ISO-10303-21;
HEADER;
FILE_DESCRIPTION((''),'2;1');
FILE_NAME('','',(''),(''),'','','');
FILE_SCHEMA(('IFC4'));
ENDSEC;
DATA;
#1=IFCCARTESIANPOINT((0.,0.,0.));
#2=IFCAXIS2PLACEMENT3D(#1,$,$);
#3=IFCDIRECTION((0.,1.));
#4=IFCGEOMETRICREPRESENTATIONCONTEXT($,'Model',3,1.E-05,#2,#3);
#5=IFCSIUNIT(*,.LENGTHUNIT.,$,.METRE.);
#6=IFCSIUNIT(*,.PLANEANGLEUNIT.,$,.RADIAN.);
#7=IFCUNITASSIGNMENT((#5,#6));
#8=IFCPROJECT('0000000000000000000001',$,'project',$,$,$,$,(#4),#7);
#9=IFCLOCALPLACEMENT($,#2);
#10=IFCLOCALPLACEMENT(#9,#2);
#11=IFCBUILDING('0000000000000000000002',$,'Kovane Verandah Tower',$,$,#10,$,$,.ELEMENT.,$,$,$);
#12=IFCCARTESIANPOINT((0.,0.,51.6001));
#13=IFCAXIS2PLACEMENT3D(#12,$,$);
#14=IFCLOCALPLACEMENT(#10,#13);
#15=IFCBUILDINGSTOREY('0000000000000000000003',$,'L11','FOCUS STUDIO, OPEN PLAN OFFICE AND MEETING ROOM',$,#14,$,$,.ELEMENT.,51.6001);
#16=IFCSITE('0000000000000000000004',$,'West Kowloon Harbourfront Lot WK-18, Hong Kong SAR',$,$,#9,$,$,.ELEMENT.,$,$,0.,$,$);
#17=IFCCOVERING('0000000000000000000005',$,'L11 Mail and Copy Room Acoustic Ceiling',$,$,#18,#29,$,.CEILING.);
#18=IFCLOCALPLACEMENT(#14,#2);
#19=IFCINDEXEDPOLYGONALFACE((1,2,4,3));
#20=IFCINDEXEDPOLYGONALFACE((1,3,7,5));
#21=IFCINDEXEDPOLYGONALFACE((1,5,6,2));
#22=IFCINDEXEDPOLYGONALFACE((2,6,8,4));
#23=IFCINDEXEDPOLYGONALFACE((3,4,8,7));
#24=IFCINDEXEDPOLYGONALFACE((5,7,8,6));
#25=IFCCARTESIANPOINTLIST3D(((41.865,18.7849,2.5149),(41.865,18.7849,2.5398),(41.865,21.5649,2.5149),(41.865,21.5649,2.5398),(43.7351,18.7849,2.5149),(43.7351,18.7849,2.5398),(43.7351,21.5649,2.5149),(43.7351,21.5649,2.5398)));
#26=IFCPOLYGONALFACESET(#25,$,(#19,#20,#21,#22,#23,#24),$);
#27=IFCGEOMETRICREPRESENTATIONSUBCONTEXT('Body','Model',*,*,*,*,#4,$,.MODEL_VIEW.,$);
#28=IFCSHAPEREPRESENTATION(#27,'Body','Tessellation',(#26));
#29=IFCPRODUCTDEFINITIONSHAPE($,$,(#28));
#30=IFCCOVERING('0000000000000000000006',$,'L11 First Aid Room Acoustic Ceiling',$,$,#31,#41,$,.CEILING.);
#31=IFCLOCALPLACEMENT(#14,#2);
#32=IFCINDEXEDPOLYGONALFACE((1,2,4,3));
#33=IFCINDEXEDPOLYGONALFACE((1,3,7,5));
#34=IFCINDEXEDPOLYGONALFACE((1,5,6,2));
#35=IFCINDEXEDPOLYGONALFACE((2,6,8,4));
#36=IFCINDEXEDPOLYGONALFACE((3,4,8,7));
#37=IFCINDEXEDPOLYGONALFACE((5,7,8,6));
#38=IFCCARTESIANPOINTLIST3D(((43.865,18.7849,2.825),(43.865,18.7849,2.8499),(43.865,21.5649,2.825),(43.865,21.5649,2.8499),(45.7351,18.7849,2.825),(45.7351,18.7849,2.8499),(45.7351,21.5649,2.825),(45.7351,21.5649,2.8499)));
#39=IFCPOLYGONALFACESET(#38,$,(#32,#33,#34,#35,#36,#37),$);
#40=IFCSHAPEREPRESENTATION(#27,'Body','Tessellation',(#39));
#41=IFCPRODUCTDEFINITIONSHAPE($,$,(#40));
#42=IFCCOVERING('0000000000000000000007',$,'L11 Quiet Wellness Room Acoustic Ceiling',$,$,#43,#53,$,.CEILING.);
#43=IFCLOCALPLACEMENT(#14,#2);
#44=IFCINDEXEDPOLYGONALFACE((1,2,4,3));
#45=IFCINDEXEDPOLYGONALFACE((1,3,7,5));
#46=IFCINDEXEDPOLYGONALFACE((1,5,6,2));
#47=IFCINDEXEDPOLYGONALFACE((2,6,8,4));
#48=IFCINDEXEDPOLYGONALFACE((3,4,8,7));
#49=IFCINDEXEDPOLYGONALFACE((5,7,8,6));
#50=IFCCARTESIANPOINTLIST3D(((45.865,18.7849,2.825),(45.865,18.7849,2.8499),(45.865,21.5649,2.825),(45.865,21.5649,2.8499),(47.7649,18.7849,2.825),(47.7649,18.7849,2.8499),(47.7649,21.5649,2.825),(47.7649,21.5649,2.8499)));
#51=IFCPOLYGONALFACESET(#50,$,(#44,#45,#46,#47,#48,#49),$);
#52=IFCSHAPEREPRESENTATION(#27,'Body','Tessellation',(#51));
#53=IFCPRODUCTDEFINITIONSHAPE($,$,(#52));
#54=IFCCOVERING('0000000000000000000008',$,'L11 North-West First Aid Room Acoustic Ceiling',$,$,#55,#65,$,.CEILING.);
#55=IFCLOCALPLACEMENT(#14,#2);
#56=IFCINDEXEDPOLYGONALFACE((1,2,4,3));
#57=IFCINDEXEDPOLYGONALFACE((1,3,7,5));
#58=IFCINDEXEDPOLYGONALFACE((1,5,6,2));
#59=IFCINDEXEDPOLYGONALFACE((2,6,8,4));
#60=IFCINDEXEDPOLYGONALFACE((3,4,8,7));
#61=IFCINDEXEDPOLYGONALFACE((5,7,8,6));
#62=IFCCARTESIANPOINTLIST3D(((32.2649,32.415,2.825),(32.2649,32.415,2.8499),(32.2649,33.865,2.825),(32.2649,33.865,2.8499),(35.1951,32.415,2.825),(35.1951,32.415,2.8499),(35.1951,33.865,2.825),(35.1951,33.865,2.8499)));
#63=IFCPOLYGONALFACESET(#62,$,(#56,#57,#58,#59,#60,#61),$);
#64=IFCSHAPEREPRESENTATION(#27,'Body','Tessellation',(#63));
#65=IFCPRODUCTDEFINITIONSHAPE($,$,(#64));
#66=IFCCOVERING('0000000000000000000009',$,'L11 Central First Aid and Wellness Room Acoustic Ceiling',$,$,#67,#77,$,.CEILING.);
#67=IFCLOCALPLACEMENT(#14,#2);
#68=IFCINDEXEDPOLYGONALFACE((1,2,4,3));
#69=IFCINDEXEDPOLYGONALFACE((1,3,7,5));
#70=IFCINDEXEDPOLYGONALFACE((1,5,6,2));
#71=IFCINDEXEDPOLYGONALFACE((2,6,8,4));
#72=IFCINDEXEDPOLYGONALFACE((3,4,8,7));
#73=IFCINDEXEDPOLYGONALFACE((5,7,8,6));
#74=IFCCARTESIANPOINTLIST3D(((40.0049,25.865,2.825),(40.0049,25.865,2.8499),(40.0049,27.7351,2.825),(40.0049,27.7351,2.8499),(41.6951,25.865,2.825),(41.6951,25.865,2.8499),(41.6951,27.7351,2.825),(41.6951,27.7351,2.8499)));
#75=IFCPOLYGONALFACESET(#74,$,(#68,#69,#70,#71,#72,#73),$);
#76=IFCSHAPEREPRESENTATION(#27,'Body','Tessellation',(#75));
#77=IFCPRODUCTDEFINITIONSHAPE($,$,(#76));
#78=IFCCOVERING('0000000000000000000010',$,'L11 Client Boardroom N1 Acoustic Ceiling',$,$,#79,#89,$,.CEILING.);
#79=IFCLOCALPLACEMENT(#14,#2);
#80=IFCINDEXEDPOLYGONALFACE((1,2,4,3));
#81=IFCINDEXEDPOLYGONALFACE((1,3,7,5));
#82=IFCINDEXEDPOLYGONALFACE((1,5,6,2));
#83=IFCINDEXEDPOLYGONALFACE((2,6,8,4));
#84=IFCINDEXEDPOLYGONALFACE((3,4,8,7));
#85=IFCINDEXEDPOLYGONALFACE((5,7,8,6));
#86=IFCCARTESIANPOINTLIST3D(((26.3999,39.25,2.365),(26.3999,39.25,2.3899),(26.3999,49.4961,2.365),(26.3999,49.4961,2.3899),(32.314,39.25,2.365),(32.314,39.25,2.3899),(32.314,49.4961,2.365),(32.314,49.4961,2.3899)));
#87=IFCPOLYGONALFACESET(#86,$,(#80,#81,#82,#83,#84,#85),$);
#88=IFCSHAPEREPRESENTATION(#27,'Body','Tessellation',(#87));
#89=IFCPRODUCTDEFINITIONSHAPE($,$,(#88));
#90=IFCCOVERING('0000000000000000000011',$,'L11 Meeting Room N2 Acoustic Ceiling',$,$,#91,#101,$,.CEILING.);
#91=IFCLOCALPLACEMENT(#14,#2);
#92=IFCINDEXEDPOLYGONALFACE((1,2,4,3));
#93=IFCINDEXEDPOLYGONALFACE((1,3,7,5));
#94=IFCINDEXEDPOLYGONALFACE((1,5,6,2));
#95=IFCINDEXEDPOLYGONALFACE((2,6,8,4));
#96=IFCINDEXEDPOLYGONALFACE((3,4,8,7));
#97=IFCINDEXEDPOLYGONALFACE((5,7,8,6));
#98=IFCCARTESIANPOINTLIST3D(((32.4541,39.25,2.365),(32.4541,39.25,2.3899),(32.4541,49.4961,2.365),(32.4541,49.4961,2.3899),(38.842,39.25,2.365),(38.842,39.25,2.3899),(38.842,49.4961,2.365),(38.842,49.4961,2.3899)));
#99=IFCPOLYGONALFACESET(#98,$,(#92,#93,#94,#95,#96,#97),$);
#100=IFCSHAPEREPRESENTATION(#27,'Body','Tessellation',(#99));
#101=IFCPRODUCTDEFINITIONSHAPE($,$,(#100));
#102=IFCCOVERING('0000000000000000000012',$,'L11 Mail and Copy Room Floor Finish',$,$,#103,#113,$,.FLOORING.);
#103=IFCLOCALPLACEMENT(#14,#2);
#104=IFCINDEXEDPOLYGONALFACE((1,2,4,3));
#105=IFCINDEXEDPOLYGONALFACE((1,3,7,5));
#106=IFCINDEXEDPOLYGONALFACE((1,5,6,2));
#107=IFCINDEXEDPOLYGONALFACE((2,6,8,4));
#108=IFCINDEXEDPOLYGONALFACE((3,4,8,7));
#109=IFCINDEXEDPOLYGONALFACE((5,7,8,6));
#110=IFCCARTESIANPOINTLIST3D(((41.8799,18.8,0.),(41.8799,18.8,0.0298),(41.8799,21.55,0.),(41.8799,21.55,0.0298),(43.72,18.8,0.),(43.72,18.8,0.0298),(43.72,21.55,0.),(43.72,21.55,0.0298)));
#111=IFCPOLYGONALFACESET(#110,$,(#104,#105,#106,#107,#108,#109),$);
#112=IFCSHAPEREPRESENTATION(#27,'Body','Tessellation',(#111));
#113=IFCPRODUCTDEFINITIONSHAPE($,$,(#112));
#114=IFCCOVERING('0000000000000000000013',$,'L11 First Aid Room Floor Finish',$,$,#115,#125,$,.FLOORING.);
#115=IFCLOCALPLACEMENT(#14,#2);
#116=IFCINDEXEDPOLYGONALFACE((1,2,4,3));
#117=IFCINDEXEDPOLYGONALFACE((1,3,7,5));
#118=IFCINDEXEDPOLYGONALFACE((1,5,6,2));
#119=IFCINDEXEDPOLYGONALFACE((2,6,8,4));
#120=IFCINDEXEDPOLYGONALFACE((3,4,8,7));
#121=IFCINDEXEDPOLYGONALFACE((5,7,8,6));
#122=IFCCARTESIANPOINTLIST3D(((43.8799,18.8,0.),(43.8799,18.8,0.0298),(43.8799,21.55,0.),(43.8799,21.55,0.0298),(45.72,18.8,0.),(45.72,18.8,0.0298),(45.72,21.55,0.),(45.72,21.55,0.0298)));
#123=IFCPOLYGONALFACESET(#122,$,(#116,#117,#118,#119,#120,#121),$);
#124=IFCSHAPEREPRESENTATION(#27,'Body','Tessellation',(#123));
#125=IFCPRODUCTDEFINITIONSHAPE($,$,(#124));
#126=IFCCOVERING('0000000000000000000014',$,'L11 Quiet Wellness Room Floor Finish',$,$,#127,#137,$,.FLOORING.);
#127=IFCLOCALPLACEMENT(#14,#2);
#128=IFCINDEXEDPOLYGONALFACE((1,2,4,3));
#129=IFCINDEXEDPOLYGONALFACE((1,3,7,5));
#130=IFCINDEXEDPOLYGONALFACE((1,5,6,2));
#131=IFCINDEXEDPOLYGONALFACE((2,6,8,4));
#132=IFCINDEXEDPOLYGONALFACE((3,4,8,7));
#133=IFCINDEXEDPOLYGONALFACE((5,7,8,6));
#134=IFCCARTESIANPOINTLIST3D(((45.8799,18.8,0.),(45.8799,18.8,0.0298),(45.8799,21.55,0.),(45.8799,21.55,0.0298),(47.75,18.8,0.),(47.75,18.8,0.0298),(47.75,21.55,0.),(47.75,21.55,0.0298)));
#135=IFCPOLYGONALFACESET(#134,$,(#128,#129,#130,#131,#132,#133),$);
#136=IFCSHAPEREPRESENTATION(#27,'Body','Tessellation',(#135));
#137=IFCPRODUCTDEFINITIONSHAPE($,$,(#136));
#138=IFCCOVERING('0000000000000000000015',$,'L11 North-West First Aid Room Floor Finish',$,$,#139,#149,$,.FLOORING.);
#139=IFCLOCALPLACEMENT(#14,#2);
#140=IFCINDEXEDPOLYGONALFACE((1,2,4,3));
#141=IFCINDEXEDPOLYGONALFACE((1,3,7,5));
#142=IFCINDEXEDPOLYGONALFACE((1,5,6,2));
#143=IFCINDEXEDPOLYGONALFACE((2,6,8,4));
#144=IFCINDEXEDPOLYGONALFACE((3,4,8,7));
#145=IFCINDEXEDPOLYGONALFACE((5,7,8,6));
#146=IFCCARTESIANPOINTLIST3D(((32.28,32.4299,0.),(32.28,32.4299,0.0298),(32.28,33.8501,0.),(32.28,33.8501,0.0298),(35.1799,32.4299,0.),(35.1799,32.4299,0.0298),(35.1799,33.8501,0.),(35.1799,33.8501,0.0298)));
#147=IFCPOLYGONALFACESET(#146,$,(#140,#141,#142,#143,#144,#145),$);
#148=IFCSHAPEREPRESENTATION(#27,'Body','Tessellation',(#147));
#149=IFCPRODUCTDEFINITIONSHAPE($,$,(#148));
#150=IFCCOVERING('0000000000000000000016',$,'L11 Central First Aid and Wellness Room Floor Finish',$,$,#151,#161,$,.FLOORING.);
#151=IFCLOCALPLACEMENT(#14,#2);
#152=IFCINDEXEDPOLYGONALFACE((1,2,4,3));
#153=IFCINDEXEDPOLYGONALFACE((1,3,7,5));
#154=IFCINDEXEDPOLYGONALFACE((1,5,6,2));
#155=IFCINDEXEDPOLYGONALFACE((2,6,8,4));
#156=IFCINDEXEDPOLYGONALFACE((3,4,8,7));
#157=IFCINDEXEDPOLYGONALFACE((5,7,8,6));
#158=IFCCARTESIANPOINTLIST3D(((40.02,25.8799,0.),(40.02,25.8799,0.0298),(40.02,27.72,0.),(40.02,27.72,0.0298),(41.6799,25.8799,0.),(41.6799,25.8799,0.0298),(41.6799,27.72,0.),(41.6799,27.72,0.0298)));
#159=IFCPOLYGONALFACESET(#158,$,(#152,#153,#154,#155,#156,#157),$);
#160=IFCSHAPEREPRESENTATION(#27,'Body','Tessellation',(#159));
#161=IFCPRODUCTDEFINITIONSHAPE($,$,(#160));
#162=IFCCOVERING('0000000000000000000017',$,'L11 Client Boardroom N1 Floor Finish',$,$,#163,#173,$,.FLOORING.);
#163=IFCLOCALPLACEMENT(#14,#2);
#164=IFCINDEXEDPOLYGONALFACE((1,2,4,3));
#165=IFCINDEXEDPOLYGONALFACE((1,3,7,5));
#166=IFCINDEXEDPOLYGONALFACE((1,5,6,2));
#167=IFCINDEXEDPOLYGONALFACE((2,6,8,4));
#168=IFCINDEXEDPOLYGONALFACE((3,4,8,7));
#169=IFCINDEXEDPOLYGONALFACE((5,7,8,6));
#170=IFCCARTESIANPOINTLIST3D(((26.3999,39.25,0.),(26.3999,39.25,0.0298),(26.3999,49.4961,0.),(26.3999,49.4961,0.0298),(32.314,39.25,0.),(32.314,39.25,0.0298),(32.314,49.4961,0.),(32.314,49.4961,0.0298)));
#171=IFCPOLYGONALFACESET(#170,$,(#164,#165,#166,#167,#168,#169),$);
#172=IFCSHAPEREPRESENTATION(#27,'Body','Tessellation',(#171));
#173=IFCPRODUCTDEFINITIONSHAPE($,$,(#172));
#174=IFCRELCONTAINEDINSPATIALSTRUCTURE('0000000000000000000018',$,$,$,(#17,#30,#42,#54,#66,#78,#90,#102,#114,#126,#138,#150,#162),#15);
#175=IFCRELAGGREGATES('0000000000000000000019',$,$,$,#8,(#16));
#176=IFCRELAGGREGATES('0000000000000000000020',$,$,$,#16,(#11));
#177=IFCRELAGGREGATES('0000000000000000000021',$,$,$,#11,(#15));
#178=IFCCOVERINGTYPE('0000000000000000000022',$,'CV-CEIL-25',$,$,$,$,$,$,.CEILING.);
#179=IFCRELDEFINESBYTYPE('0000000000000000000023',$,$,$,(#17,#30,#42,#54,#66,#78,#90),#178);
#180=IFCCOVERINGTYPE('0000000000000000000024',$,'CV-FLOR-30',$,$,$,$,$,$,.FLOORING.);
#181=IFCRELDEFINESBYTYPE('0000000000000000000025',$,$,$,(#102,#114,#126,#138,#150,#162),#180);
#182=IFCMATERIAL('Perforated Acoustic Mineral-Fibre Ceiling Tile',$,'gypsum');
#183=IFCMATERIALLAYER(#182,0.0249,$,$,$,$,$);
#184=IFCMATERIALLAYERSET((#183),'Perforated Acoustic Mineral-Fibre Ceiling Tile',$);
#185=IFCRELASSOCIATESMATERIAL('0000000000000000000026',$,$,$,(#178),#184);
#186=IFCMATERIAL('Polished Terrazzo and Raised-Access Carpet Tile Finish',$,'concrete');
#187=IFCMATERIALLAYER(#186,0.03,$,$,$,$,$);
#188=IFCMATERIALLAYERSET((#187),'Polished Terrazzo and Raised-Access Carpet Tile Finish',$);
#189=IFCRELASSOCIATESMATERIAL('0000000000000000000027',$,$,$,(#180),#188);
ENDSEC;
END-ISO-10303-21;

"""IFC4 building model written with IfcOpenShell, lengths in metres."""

from ifc_helpers import new_model, si_unit, direction, frame, origin, place, context, subcontext, project, spatial, polyline, outline, extrude, material, layer, layer_set, type_object, element, save


model = new_model("IFC4")

# Units and contexts
model_context = context("Model", 3, precision=1e-05, world=origin(), true_north=direction((0.0, 1.0)))
body_context = subcontext(model_context, "Body", "Model", "MODEL_VIEW")
ifc_project = project(units=[si_unit("LENGTHUNIT", "METRE"), si_unit("PLANEANGLEUNIT", "RADIAN")], contexts=[model_context])

# Site, building, storey
site_placement = place(None, origin())
site = spatial("IfcSite", under=ifc_project, at=site_placement, Name="West Kowloon Harbourfront Lot WK-18, Hong Kong SAR", CompositionType="ELEMENT", RefElevation=0.0)
building_placement = place(site_placement, origin())
building = spatial("IfcBuilding", under=site, at=building_placement, Name="Kovane Verandah Tower", CompositionType="ELEMENT")
storey_placement = place(building_placement, frame((0.0, 0.0, 51.6001)))
storey = spatial("IfcBuildingStorey", under=building, at=storey_placement, Name="L11", Description="FOCUS STUDIO, OPEN PLAN OFFICE AND MEETING ROOM", CompositionType="ELEMENT", Elevation=51.6001)

# Coverings
ifc_material_1 = material(Name="Perforated Acoustic Mineral-Fibre Ceiling Tile", Category="gypsum")
ifc_layer_1 = layer(ifc_material_1, 0.0249)
ifc_layer_set_1 = layer_set([ifc_layer_1], Name="Perforated Acoustic Mineral-Fibre Ceiling Tile")
covering_type_1 = type_object("IfcCoveringType", Name="CV-CEIL-25", PredefinedType="CEILING", material=ifc_layer_set_1)
covering_1_placement = place(storey_placement, frame((0.0, 0.0, 2.5149)))
element("IfcCovering", 1, at=covering_1_placement, inside=storey, type_object=covering_type_1, Name="L11 Mail and Copy Room Acoustic Ceiling", PredefinedType="CEILING", context=body_context, shape_type="SweptSolid", body=[
    extrude(outline(polyline([(41.865, 18.7849), (43.7351, 18.7849), (43.7351, 21.5649), (41.865, 21.5649), (41.865, 18.7849)])), origin(), (0.0, 0.0, 1.0), 0.0249),
])
covering_2_placement = place(storey_placement, frame((0.0, 0.0, 2.825)))
element("IfcCovering", 2, at=covering_2_placement, inside=storey, type_object=covering_type_1, Name="L11 First Aid Room Acoustic Ceiling", PredefinedType="CEILING", context=body_context, shape_type="SweptSolid", body=[
    extrude(outline(polyline([(43.865, 18.7849), (45.7351, 18.7849), (45.7351, 21.5649), (43.865, 21.5649), (43.865, 18.7849)])), origin(), (0.0, 0.0, 1.0), 0.0249),
])
covering_3_placement = place(storey_placement, frame((0.0, 0.0, 2.825)))
element("IfcCovering", 3, at=covering_3_placement, inside=storey, type_object=covering_type_1, Name="L11 Quiet Wellness Room Acoustic Ceiling", PredefinedType="CEILING", context=body_context, shape_type="SweptSolid", body=[
    extrude(outline(polyline([(45.865, 18.7849), (47.7649, 18.7849), (47.7649, 21.5649), (45.865, 21.5649), (45.865, 18.7849)])), origin(), (0.0, 0.0, 1.0), 0.0249),
])
covering_4_placement = place(storey_placement, frame((0.0, 0.0, 2.825)))
element("IfcCovering", 4, at=covering_4_placement, inside=storey, type_object=covering_type_1, Name="L11 North-West First Aid Room Acoustic Ceiling", PredefinedType="CEILING", context=body_context, shape_type="SweptSolid", body=[
    extrude(outline(polyline([(32.2649, 32.415), (35.1951, 32.415), (35.1951, 33.865), (32.2649, 33.865), (32.2649, 32.415)])), origin(), (0.0, 0.0, 1.0), 0.0249),
])
covering_5_placement = place(storey_placement, frame((0.0, 0.0, 2.825)))
element("IfcCovering", 5, at=covering_5_placement, inside=storey, type_object=covering_type_1, Name="L11 Central First Aid and Wellness Room Acoustic Ceiling", PredefinedType="CEILING", context=body_context, shape_type="SweptSolid", body=[
    extrude(outline(polyline([(40.0049, 25.865), (41.6951, 25.865), (41.6951, 27.7351), (40.0049, 27.7351), (40.0049, 25.865)])), origin(), (0.0, 0.0, 1.0), 0.0249),
])
covering_6_placement = place(storey_placement, frame((0.0, 0.0, 2.365)))
element("IfcCovering", 6, at=covering_6_placement, inside=storey, type_object=covering_type_1, Name="L11 Client Boardroom N1 Acoustic Ceiling", PredefinedType="CEILING", context=body_context, shape_type="SweptSolid", body=[
    extrude(outline(polyline([(26.3999, 39.25), (32.314, 39.25), (32.314, 49.4961), (26.3999, 49.4961), (26.3999, 39.25)])), origin(), (0.0, 0.0, 1.0), 0.0249),
])
covering_7_placement = place(storey_placement, frame((0.0, 0.0, 2.365)))
element("IfcCovering", 7, at=covering_7_placement, inside=storey, type_object=covering_type_1, Name="L11 Meeting Room N2 Acoustic Ceiling", PredefinedType="CEILING", context=body_context, shape_type="SweptSolid", body=[
    extrude(outline(polyline([(32.4541, 39.25), (38.842, 39.25), (38.842, 49.4961), (32.4541, 49.4961), (32.4541, 39.25)])), origin(), (0.0, 0.0, 1.0), 0.0249),
])
ifc_material_2 = material(Name="Polished Terrazzo and Raised-Access Carpet Tile Finish", Category="concrete")
ifc_layer_2 = layer(ifc_material_2, 0.03)
ifc_layer_set_2 = layer_set([ifc_layer_2], Name="Polished Terrazzo and Raised-Access Carpet Tile Finish")
covering_type_2 = type_object("IfcCoveringType", Name="CV-FLOR-30", PredefinedType="FLOORING", material=ifc_layer_set_2)
covering_8_placement = place(storey_placement, origin())
element("IfcCovering", 8, at=covering_8_placement, inside=storey, type_object=covering_type_2, Name="L11 Mail and Copy Room Floor Finish", PredefinedType="FLOORING", context=body_context, shape_type="SweptSolid", body=[
    extrude(outline(polyline([(41.8799, 18.8), (43.72, 18.8), (43.72, 21.55), (41.8799, 21.55), (41.8799, 18.8)])), origin(), (0.0, 0.0, 1.0), 0.0298),
])
covering_9_placement = place(storey_placement, origin())
element("IfcCovering", 9, at=covering_9_placement, inside=storey, type_object=covering_type_2, Name="L11 First Aid Room Floor Finish", PredefinedType="FLOORING", context=body_context, shape_type="SweptSolid", body=[
    extrude(outline(polyline([(43.8799, 18.8), (45.72, 18.8), (45.72, 21.55), (43.8799, 21.55), (43.8799, 18.8)])), origin(), (0.0, 0.0, 1.0), 0.0298),
])
covering_10_placement = place(storey_placement, origin())
element("IfcCovering", 10, at=covering_10_placement, inside=storey, type_object=covering_type_2, Name="L11 Quiet Wellness Room Floor Finish", PredefinedType="FLOORING", context=body_context, shape_type="SweptSolid", body=[
    extrude(outline(polyline([(45.8799, 18.8), (47.75, 18.8), (47.75, 21.55), (45.8799, 21.55), (45.8799, 18.8)])), origin(), (0.0, 0.0, 1.0), 0.0298),
])
covering_11_placement = place(storey_placement, origin())
element("IfcCovering", 11, at=covering_11_placement, inside=storey, type_object=covering_type_2, Name="L11 North-West First Aid Room Floor Finish", PredefinedType="FLOORING", context=body_context, shape_type="SweptSolid", body=[
    extrude(outline(polyline([(32.28, 32.4299), (35.1799, 32.4299), (35.1799, 33.8501), (32.28, 33.8501), (32.28, 32.4299)])), origin(), (0.0, 0.0, 1.0), 0.0298),
])
covering_12_placement = place(storey_placement, origin())
element("IfcCovering", 12, at=covering_12_placement, inside=storey, type_object=covering_type_2, Name="L11 Central First Aid and Wellness Room Floor Finish", PredefinedType="FLOORING", context=body_context, shape_type="SweptSolid", body=[
    extrude(outline(polyline([(40.02, 25.8799), (41.6799, 25.8799), (41.6799, 27.72), (40.02, 27.72), (40.02, 25.8799)])), origin(), (0.0, 0.0, 1.0), 0.0298),
])
covering_13_placement = place(storey_placement, origin())
element("IfcCovering", 13, at=covering_13_placement, inside=storey, type_object=covering_type_2, Name="L11 Client Boardroom N1 Floor Finish", PredefinedType="FLOORING", context=body_context, shape_type="SweptSolid", body=[
    extrude(outline(polyline([(26.3999, 39.25), (32.314, 39.25), (32.314, 49.4961), (26.3999, 49.4961), (26.3999, 39.25)])), origin(), (0.0, 0.0, 1.0), 0.0298),
])

save(model, "model.ifc")
